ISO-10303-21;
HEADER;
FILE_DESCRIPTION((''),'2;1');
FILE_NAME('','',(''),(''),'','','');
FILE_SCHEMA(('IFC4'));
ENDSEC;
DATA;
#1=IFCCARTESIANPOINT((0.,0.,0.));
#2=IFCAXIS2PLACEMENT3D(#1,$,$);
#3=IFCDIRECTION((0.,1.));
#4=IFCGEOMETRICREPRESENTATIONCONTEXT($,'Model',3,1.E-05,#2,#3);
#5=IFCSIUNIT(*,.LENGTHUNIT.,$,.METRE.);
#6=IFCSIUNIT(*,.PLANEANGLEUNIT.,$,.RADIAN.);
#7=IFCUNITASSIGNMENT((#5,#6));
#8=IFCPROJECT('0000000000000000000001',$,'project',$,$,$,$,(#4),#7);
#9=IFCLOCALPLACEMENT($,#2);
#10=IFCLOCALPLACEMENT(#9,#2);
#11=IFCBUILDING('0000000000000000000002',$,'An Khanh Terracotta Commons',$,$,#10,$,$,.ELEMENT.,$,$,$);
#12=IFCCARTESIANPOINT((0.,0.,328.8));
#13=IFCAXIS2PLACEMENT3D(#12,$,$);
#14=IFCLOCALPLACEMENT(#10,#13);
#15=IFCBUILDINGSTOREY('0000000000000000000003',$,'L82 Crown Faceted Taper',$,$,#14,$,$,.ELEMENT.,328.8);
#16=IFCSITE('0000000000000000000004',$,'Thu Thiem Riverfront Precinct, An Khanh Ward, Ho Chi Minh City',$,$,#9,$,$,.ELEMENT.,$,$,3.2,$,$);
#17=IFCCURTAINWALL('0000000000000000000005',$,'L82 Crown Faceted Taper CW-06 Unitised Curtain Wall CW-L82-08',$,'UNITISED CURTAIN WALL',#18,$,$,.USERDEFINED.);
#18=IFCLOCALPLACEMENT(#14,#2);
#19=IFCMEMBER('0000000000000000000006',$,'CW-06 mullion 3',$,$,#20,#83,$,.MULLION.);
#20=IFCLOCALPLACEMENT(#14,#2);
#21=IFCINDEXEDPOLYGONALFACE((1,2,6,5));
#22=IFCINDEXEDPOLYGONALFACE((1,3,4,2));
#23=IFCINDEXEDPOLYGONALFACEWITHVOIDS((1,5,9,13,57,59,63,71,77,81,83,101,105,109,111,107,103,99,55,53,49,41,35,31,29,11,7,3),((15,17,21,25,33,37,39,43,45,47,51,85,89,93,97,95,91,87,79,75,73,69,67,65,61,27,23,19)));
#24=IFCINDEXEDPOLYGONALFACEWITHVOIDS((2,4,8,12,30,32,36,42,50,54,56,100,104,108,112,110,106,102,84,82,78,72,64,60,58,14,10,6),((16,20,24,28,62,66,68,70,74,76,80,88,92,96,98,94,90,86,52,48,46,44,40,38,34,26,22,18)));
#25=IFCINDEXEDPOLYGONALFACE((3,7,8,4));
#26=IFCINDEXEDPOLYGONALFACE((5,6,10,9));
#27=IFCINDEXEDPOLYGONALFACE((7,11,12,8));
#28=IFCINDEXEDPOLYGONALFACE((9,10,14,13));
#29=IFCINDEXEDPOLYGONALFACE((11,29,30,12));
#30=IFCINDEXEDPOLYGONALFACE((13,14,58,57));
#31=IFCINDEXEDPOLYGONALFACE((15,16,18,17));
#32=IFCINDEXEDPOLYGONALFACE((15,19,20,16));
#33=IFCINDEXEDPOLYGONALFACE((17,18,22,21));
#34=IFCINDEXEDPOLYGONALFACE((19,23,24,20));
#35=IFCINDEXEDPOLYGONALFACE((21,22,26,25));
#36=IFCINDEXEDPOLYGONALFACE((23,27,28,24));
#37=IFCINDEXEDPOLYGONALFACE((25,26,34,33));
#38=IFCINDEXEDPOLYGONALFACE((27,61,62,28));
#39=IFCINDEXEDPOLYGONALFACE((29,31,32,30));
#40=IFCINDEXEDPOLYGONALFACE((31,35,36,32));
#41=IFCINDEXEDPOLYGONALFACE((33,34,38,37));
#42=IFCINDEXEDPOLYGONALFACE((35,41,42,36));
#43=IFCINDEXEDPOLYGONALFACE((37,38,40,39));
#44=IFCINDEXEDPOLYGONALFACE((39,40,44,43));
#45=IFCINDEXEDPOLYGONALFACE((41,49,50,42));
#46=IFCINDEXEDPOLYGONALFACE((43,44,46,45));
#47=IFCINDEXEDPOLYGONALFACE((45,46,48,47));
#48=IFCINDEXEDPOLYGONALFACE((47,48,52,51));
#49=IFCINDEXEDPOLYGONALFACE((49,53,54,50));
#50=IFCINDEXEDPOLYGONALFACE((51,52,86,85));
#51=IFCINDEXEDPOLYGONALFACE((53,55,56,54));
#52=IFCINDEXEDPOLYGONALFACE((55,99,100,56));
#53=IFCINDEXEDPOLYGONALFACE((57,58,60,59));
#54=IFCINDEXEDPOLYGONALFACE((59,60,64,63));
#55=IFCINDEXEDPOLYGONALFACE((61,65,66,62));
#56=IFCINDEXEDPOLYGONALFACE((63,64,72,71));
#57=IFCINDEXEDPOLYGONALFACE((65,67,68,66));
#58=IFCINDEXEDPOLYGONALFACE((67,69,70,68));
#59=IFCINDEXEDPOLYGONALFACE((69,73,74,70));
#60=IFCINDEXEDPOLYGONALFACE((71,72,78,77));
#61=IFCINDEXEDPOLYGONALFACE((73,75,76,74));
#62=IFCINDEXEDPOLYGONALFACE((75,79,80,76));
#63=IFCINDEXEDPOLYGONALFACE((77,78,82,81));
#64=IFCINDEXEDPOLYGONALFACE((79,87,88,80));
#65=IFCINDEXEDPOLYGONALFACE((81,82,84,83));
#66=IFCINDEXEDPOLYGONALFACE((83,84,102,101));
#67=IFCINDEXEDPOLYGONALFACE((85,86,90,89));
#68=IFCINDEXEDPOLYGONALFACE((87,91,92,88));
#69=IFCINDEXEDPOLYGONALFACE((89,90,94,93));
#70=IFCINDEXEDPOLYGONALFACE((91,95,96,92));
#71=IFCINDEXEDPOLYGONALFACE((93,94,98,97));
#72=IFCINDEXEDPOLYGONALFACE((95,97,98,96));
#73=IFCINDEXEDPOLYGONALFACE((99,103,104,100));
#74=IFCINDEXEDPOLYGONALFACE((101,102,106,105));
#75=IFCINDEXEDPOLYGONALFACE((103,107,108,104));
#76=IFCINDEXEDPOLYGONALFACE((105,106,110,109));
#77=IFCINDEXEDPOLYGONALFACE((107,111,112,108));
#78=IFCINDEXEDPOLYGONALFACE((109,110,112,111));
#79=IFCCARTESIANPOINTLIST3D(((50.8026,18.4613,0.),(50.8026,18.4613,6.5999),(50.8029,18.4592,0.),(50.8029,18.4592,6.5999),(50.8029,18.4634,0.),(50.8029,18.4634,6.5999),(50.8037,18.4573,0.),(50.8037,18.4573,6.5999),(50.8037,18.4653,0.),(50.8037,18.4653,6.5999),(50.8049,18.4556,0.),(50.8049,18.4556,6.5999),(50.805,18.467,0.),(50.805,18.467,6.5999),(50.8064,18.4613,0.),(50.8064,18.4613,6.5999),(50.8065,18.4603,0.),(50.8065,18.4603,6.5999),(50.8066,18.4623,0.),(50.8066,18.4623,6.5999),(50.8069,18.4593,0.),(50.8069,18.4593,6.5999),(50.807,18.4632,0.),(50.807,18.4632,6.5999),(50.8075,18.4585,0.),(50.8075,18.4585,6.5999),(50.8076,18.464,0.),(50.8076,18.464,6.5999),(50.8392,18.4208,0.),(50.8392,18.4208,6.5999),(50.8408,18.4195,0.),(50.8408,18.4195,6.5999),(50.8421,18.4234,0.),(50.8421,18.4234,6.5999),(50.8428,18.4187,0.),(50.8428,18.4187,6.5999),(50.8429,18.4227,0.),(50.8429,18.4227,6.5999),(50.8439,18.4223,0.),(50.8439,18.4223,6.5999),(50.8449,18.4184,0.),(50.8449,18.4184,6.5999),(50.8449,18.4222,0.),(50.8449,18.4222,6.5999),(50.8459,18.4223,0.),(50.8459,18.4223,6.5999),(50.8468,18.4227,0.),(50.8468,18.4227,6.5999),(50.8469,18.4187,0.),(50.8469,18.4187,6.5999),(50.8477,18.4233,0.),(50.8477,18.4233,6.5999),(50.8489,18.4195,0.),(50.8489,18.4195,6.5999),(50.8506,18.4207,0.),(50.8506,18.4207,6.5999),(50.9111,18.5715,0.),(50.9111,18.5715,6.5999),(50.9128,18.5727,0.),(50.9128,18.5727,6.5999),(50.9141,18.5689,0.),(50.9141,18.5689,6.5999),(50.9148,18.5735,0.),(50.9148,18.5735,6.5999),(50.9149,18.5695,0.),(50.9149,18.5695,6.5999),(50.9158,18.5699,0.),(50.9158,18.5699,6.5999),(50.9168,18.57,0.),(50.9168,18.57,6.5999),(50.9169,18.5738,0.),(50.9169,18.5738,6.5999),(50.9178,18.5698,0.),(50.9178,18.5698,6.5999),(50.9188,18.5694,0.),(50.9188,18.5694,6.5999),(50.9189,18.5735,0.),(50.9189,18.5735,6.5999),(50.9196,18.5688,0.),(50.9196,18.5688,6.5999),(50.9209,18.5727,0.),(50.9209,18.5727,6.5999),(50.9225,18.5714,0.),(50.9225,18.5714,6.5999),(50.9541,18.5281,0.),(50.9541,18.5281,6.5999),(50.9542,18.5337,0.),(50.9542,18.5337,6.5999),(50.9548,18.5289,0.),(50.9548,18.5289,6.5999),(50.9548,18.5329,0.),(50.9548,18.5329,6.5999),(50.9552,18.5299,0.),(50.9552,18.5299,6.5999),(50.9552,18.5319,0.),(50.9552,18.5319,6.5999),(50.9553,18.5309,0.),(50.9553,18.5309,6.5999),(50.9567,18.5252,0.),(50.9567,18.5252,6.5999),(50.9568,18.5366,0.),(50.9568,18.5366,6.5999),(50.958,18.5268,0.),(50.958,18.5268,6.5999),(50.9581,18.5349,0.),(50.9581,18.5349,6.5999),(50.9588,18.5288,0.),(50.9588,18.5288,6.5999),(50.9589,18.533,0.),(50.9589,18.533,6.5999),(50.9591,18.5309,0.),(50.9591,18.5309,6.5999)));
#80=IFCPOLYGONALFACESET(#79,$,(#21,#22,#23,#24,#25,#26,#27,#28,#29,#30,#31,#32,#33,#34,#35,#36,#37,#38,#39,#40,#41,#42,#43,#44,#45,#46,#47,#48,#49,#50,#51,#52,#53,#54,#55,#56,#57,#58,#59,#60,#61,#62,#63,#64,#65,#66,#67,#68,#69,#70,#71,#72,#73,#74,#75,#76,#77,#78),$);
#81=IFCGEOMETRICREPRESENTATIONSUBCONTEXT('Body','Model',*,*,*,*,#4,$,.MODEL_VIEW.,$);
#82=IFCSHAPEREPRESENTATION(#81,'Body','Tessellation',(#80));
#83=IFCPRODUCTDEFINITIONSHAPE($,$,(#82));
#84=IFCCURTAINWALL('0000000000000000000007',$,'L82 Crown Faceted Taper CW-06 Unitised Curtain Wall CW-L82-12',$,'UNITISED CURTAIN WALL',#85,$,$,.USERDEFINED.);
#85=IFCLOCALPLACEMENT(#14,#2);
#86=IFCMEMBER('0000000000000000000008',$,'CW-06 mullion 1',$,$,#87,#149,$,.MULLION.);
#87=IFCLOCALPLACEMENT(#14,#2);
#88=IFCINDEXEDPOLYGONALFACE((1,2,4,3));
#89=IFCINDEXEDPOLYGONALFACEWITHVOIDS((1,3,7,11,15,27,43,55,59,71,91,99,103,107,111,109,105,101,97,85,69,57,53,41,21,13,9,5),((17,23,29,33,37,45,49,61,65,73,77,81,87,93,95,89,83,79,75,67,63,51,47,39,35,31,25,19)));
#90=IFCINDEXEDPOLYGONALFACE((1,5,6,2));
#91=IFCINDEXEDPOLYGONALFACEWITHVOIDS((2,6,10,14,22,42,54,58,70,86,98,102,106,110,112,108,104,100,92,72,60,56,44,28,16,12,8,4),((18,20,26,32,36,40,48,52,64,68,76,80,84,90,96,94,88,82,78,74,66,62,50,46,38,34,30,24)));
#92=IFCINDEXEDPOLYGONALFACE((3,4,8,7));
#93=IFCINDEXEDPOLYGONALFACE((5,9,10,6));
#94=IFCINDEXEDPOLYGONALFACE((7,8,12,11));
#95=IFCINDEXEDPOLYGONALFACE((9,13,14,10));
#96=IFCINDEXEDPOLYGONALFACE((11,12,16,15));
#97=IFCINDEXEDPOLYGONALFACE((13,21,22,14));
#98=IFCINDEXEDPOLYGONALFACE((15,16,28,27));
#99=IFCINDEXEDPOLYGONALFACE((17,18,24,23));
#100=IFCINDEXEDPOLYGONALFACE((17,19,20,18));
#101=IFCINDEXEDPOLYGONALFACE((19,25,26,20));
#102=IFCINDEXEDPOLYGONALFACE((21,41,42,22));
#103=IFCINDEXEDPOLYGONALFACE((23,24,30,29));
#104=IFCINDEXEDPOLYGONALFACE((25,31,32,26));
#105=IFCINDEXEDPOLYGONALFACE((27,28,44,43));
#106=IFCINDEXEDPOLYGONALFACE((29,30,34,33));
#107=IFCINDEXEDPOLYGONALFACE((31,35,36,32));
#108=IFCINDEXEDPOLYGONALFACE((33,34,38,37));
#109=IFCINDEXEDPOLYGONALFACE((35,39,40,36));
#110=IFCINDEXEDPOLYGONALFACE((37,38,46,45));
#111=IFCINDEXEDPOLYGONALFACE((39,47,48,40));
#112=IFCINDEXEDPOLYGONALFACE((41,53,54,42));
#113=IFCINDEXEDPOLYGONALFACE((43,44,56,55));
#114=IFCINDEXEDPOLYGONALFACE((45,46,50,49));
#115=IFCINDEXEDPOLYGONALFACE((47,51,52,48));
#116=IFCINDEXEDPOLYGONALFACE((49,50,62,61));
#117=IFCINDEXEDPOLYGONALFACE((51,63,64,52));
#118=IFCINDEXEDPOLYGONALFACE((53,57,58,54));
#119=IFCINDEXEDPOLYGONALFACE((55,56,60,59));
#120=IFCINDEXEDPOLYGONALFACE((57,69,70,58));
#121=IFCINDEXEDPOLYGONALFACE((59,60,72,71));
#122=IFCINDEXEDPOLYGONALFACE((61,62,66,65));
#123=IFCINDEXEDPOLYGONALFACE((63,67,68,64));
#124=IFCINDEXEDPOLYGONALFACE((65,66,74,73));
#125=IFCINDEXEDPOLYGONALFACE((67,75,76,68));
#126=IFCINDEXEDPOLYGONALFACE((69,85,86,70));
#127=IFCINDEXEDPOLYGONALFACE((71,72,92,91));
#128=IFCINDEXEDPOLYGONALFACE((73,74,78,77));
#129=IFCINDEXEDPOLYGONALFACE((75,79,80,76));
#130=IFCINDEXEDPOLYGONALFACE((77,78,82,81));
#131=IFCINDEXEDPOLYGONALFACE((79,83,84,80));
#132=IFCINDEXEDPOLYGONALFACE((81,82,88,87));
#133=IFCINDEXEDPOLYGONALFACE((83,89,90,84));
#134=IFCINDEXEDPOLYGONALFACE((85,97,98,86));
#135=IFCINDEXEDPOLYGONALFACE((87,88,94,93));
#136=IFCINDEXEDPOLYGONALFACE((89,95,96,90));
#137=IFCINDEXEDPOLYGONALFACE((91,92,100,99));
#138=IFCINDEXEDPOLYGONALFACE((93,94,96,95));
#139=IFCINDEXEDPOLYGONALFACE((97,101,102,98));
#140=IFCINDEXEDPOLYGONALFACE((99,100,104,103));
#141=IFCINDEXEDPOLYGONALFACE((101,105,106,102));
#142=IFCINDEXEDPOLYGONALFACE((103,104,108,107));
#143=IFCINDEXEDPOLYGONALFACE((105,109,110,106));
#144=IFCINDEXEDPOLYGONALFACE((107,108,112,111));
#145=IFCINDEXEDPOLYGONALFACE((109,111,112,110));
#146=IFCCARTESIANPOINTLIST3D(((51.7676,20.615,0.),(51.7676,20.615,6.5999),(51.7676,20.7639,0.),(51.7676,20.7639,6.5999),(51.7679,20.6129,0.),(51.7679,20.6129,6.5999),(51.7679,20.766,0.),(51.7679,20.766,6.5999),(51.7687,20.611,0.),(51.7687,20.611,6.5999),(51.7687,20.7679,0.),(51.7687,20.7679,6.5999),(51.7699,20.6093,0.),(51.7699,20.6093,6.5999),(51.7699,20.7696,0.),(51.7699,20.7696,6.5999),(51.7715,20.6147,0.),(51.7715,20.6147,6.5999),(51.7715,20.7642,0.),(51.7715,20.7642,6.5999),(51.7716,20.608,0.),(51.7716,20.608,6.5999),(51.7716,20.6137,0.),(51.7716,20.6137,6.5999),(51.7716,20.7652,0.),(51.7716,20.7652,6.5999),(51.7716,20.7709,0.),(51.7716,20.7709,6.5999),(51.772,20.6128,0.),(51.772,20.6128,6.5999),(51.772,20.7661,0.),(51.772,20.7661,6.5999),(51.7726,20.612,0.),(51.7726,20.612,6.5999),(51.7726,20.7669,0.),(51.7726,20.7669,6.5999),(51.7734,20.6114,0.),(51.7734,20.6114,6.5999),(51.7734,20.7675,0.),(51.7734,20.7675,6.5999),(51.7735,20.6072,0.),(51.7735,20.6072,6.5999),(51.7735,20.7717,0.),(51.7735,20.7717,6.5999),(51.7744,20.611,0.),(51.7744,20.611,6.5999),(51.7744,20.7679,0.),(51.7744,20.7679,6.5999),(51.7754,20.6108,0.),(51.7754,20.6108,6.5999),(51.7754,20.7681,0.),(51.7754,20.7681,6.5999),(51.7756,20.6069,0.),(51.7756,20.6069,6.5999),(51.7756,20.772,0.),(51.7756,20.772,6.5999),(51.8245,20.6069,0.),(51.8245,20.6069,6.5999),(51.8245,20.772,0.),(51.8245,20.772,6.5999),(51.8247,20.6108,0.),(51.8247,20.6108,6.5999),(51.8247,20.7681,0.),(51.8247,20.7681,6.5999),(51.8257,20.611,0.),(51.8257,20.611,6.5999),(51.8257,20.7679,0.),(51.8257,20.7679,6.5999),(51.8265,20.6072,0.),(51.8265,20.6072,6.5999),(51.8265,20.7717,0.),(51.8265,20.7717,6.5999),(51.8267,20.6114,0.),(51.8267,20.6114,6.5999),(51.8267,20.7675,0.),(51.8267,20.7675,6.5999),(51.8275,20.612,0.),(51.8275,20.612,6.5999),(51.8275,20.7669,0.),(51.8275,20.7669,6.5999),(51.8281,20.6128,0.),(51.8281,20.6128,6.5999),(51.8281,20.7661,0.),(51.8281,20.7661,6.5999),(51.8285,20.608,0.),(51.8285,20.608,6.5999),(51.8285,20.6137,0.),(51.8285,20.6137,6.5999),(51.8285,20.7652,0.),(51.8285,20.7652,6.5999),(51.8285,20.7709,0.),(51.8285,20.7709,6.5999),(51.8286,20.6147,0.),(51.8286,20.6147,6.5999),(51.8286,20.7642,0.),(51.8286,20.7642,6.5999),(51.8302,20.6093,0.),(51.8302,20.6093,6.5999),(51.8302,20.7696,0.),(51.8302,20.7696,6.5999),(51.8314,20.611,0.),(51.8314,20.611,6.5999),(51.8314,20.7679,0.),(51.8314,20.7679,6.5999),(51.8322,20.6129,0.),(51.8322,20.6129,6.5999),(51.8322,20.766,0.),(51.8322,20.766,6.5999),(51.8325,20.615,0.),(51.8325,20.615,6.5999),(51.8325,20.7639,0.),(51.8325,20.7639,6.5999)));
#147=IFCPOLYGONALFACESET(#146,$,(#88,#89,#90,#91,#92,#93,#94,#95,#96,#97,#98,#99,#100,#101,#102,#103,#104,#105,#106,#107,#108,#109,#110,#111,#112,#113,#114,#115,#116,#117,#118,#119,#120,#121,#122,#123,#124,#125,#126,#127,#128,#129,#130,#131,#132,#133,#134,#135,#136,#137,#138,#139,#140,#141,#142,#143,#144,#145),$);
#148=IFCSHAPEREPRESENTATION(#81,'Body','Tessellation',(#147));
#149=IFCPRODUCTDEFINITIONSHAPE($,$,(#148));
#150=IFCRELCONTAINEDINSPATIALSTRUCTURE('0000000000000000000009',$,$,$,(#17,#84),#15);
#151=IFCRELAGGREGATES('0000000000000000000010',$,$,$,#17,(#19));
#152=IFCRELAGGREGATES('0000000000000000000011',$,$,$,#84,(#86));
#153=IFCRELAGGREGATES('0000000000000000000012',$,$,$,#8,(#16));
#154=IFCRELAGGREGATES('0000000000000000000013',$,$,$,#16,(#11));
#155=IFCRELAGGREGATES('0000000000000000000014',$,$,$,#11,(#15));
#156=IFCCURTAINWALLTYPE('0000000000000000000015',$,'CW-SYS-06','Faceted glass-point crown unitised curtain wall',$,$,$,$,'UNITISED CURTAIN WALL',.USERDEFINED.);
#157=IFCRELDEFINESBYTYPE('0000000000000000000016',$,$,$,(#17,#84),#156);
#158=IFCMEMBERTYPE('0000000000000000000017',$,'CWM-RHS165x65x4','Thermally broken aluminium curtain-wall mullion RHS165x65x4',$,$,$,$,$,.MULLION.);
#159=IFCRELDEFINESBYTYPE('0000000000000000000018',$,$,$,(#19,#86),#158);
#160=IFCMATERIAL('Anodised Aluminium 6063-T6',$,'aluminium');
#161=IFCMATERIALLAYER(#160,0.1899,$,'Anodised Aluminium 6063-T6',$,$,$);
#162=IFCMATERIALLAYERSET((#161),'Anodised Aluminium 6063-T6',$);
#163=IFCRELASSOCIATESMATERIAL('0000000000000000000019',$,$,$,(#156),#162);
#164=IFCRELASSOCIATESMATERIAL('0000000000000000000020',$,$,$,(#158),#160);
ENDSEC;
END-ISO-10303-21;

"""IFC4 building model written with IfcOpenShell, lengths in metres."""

from ifc_helpers import new_model, si_unit, direction, frame, origin, origin_2d, place, context, subcontext, project, spatial, hollow_rectangle, extrude, material, layer, layer_set, material_profile, profile_set, type_object, element, aggregate, save


model = new_model("IFC4")

# Units and contexts
model_context = context("Model", 3, precision=1e-05, world=origin(), true_north=direction((0.0, 1.0)))
body_context = subcontext(model_context, "Body", "Model", "MODEL_VIEW")
ifc_project = project(units=[si_unit("LENGTHUNIT", "METRE"), si_unit("PLANEANGLEUNIT", "RADIAN")], contexts=[model_context])

# Site, building, storey
site_placement = place(None, origin())
site = spatial("IfcSite", under=ifc_project, at=site_placement, Name="Thu Thiem Riverfront Precinct, An Khanh Ward, Ho Chi Minh City", CompositionType="ELEMENT", RefElevation=3.2)
building_placement = place(site_placement, origin())
building = spatial("IfcBuilding", under=site, at=building_placement, Name="An Khanh Terracotta Commons", CompositionType="ELEMENT")
storey_placement = place(building_placement, frame((0.0, 0.0, 328.8)))
storey = spatial("IfcBuildingStorey", under=building, at=storey_placement, Name="L82 Crown Faceted Taper", CompositionType="ELEMENT", Elevation=328.8)

# Shared definitions
ifc_material_1 = material(Name="Anodised Aluminium 6063-T6", Category="aluminium")
ifc_layer_1 = layer(ifc_material_1, 0.1899, Name="Anodised Aluminium 6063-T6")
ifc_layer_set_1 = layer_set([ifc_layer_1], Name="Anodised Aluminium 6063-T6")
curtain_wall_type = type_object("IfcCurtainWallType", Name="CW-SYS-06", Description="Faceted glass-point crown unitised curtain wall", ElementType="UNITISED CURTAIN WALL", PredefinedType="USERDEFINED", material=ifc_layer_set_1)
ifc_material_profile_1 = material_profile(ifc_material_1, hollow_rectangle(XDim=0.0649, YDim=0.165, WallThickness=0.0039, InnerFilletRadius=0.0039, OuterFilletRadius=0.0081, at=origin_2d()), Name="RHS165x65x4")
ifc_profile_set_1 = profile_set([ifc_material_profile_1], Name="Anodised Aluminium 6063-T6")
member_type_1 = type_object("IfcMemberType", Name="CWM-RHS165x65x4", Description="Thermally broken aluminium curtain-wall mullion RHS165x65x4", PredefinedType="MULLION", material=ifc_profile_set_1)

# Curtain wall, member
curtain_wall_1_placement = place(storey_placement, origin())
curtain_wall_1 = element("IfcCurtainWall", 1, at=curtain_wall_1_placement, inside=storey, type_object=curtain_wall_type, Name="L82 Crown Faceted Taper CW-06 Unitised Curtain Wall CW-L82-08", ObjectType="UNITISED CURTAIN WALL", PredefinedType="USERDEFINED")
member_1_placement = place(storey_placement, frame((50.8809, 18.4961, 0.0), z_axis=(0.0, 0.0, 1.0), x_axis=(-0.701497, 0.712672, 0.0)))
member_1 = element("IfcMember", 2, at=member_1_placement, type_object=member_type_1, Name="CW-06 mullion 3", PredefinedType="MULLION", context=body_context, shape_type="SweptSolid", body=[
    extrude(hollow_rectangle(XDim=0.0649, YDim=0.165, WallThickness=0.0039, InnerFilletRadius=0.0039, OuterFilletRadius=0.0081, at=origin_2d()), origin(), (0.0, 0.0, 1.0), 6.5999),
])

# Curtain wall, member
curtain_wall_2_placement = place(storey_placement, origin())
curtain_wall_2 = element("IfcCurtainWall", 3, at=curtain_wall_2_placement, inside=storey, type_object=curtain_wall_type, Name="L82 Crown Faceted Taper CW-06 Unitised Curtain Wall CW-L82-12", ObjectType="UNITISED CURTAIN WALL", PredefinedType="USERDEFINED")
member_2_placement = place(storey_placement, frame((51.8, 20.6895, 0.0), z_axis=(0.0, 0.0, 1.0), x_axis=(-1.0, 0.0, 0.0)))
member_2 = element("IfcMember", 4, at=member_2_placement, type_object=member_type_1, Name="CW-06 mullion 1", PredefinedType="MULLION", context=body_context, shape_type="SweptSolid", body=[
    extrude(hollow_rectangle(XDim=0.0649, YDim=0.165, WallThickness=0.0039, InnerFilletRadius=0.0039, OuterFilletRadius=0.0081, at=origin_2d()), origin(), (0.0, 0.0, 1.0), 6.5999),
])

aggregate(curtain_wall_1, [member_1])
aggregate(curtain_wall_2, [member_2])

save(model, "model.ifc")
